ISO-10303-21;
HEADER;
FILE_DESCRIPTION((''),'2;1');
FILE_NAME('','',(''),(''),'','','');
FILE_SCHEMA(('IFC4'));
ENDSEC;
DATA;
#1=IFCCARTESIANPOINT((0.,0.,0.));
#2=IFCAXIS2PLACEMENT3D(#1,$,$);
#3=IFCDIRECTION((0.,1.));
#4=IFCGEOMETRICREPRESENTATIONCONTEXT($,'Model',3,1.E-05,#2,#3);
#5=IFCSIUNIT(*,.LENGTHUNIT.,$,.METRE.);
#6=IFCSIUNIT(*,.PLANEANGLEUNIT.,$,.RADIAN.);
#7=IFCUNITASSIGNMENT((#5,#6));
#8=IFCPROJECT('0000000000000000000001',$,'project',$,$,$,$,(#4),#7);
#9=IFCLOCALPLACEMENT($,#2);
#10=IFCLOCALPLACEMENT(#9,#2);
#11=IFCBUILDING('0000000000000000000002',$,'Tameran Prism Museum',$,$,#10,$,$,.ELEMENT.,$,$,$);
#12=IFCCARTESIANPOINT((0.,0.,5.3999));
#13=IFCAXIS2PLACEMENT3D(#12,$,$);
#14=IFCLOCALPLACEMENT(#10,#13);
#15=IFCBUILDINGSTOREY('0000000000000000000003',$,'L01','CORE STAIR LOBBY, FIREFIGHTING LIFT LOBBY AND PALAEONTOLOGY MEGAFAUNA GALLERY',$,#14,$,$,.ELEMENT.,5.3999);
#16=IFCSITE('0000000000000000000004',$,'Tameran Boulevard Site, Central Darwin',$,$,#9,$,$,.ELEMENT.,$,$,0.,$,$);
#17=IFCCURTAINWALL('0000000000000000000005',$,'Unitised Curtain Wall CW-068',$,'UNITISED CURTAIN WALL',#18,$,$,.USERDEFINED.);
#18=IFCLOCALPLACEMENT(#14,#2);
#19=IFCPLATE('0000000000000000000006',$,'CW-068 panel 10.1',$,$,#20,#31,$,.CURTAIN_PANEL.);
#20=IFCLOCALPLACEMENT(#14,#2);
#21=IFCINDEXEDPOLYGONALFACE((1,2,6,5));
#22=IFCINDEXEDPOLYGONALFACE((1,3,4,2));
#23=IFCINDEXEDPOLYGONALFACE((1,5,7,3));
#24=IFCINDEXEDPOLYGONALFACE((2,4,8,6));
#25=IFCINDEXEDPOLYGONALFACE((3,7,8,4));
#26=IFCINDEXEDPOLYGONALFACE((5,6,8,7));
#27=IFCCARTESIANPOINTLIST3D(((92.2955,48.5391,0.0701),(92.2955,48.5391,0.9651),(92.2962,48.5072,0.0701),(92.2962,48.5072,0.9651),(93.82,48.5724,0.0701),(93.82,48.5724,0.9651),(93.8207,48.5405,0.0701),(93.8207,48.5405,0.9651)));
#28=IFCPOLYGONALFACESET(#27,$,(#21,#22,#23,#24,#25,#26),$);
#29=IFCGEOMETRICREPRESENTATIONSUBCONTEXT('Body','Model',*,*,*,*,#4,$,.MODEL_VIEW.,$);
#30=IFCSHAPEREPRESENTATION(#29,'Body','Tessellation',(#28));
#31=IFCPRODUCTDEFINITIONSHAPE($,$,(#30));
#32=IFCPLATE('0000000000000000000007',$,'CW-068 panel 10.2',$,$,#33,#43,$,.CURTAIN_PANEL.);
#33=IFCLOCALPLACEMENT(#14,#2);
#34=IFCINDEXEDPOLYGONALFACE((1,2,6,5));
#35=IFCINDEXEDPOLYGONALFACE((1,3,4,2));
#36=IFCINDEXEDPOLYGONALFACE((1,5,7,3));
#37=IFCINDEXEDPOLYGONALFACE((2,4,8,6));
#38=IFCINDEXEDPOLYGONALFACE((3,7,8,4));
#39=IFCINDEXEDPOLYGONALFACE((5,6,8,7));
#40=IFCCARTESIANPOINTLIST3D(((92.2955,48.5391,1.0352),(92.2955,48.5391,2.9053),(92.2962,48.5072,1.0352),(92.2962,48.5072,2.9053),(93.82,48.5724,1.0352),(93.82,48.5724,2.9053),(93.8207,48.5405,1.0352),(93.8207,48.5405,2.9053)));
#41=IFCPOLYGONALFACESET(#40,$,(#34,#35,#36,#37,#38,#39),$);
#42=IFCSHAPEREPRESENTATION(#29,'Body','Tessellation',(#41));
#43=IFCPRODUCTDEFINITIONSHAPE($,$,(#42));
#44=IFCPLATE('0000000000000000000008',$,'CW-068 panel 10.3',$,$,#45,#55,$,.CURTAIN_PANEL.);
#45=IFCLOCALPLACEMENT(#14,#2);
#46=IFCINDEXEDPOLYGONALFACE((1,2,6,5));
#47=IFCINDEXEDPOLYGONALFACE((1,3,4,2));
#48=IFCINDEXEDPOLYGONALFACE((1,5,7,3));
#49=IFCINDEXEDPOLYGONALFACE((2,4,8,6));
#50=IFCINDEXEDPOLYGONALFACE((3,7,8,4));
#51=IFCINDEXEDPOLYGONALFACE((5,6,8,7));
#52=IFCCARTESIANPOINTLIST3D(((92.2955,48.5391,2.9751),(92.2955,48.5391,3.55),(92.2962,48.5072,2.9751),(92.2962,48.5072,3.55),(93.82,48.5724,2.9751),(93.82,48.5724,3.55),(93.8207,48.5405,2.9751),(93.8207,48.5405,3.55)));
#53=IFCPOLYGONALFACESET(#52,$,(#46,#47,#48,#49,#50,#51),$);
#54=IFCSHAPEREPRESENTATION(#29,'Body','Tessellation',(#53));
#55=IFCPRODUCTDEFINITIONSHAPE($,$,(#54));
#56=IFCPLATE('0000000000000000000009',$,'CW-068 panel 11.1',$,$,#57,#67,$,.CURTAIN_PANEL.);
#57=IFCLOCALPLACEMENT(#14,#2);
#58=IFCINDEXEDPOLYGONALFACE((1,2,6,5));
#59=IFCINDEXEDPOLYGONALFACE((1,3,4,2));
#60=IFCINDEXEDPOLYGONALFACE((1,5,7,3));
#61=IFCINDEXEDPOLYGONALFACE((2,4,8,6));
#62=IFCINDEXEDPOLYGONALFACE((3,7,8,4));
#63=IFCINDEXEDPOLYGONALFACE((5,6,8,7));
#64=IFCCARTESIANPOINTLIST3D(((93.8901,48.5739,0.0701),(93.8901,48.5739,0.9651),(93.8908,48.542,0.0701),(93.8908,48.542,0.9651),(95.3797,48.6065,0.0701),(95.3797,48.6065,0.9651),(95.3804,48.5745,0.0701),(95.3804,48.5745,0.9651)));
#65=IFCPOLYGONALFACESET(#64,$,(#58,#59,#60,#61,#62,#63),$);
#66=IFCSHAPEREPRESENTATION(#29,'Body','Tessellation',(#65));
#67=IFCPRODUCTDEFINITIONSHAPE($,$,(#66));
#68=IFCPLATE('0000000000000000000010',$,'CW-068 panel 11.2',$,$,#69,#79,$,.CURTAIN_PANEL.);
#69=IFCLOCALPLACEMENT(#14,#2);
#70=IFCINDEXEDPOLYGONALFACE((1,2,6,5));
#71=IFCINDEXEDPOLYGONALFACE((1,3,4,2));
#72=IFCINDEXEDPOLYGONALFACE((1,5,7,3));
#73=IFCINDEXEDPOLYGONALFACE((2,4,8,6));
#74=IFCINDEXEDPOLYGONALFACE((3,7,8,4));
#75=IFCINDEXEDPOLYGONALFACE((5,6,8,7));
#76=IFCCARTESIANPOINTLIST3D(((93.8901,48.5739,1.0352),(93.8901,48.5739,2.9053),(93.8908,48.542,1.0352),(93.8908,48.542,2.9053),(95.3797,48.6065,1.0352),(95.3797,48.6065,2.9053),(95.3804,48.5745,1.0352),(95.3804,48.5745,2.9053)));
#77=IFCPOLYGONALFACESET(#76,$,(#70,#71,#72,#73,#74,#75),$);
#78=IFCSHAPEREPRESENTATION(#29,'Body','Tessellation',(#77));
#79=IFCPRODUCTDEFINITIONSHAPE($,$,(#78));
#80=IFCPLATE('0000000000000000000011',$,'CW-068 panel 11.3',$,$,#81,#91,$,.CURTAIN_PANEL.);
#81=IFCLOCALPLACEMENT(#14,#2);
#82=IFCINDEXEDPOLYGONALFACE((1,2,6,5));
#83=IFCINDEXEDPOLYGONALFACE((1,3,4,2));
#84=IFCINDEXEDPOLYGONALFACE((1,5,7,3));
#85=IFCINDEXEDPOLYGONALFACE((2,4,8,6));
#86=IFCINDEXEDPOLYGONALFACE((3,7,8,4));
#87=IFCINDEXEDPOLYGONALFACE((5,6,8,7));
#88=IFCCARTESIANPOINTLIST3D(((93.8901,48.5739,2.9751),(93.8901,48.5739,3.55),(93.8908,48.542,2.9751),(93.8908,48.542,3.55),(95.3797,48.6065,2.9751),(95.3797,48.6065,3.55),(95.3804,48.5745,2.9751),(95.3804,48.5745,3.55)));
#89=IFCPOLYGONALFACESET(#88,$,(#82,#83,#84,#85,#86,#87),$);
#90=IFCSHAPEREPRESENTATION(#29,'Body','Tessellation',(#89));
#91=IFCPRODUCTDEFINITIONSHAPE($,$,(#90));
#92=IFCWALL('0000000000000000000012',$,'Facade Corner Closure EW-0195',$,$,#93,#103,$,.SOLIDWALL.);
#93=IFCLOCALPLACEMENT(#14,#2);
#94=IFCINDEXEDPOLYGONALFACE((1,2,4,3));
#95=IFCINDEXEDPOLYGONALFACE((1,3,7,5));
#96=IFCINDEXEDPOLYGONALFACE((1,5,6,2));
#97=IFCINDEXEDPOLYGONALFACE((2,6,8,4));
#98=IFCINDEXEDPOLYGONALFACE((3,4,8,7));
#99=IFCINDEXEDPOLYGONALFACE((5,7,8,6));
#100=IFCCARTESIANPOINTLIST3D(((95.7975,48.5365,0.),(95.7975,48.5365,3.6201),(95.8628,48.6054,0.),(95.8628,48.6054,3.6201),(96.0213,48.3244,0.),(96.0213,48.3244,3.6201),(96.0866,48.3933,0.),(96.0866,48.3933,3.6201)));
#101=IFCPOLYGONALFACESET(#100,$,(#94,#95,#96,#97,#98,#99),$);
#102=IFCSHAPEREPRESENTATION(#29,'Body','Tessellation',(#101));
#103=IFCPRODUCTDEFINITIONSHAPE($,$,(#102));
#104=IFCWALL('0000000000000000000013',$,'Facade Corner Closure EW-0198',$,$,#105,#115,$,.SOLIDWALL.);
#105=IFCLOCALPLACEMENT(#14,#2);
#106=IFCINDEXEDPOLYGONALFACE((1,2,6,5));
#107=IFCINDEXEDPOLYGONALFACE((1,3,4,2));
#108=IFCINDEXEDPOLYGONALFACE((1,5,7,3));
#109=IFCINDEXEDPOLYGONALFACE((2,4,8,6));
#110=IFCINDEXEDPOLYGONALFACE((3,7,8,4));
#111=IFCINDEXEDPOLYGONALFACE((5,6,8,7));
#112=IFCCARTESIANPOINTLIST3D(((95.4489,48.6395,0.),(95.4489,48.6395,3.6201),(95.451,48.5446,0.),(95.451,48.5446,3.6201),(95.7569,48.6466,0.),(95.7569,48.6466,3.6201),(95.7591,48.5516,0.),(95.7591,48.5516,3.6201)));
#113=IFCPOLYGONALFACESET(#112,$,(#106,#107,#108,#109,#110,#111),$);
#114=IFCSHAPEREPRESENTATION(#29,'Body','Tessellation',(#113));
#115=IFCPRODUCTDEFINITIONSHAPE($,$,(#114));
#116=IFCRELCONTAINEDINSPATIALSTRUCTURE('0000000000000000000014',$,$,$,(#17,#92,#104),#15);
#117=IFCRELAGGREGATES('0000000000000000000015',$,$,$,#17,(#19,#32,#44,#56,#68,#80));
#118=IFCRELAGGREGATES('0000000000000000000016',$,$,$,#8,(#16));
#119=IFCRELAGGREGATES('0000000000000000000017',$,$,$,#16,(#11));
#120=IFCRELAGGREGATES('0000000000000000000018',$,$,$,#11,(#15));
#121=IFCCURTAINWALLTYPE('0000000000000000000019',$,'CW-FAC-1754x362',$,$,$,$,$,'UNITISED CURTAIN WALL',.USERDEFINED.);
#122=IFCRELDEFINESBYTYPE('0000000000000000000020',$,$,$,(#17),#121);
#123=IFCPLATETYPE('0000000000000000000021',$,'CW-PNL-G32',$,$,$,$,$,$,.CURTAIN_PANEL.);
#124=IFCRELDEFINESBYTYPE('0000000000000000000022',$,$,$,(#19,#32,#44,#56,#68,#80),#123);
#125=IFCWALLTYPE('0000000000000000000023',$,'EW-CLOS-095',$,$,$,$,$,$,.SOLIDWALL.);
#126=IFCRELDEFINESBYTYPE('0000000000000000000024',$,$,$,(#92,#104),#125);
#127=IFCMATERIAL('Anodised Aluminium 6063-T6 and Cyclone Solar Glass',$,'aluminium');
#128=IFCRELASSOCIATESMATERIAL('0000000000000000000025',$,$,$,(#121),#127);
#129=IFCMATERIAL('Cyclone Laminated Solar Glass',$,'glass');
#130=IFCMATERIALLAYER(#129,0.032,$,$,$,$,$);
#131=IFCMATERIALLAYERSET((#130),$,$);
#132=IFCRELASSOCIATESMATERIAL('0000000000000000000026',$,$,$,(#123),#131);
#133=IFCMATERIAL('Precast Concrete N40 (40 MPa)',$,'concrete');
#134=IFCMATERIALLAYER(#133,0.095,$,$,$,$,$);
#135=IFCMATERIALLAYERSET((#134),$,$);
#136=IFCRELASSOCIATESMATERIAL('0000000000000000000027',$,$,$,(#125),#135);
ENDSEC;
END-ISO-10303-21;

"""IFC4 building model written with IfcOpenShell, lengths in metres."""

from ifc_helpers import new_model, si_unit, direction, frame, frame_2d, origin, origin_2d, place, context, subcontext, project, spatial, rectangle, extrude, material, layer, layer_set, type_object, element, aggregate, save


model = new_model("IFC4")

# Units and contexts
model_context = context("Model", 3, precision=1e-05, world=origin(), true_north=direction((0.0, 1.0)))
body_context = subcontext(model_context, "Body", "Model", "MODEL_VIEW")
ifc_project = project(units=[si_unit("LENGTHUNIT", "METRE"), si_unit("PLANEANGLEUNIT", "RADIAN")], contexts=[model_context])

# Site, building, storey
site_placement = place(None, origin())
site = spatial("IfcSite", under=ifc_project, at=site_placement, Name="Tameran Boulevard Site, Central Darwin", CompositionType="ELEMENT", RefElevation=0.0)
building_placement = place(site_placement, origin())
building = spatial("IfcBuilding", under=site, at=building_placement, Name="Tameran Prism Museum", CompositionType="ELEMENT")
storey_placement = place(building_placement, frame((0.0, 0.0, 5.3999)))
storey = spatial("IfcBuildingStorey", under=building, at=storey_placement, Name="L01", Description="CORE STAIR LOBBY, FIREFIGHTING LIFT LOBBY AND PALAEONTOLOGY MEGAFAUNA GALLERY", CompositionType="ELEMENT", Elevation=5.3999)

# Curtain wall, plates
ifc_material_1 = material(Name="Anodised Aluminium 6063-T6 and Cyclone Solar Glass", Category="aluminium")
curtain_wall_type = type_object("IfcCurtainWallType", Name="CW-FAC-1754x362", ElementType="UNITISED CURTAIN WALL", PredefinedType="USERDEFINED", material=ifc_material_1)
curtain_wall_placement = place(storey_placement, origin())
curtain_wall = element("IfcCurtainWall", 1, at=curtain_wall_placement, inside=storey, type_object=curtain_wall_type, Name="Unitised Curtain Wall CW-068", ObjectType="UNITISED CURTAIN WALL", PredefinedType="USERDEFINED")
ifc_material_2 = material(Name="Cyclone Laminated Solar Glass", Category="glass")
ifc_layer_1 = layer(ifc_material_2, 0.032)
ifc_layer_set_1 = layer_set([ifc_layer_1])
plate_type = type_object("IfcPlateType", Name="CW-PNL-G32", PredefinedType="CURTAIN_PANEL", material=ifc_layer_set_1)
plate_1_placement = place(storey_placement, frame((93.0581, 48.5398, 0.0701), z_axis=(0.0, 0.0, 1.0), x_axis=(0.999762, 0.021831, 0.0)))
plate_1 = element("IfcPlate", 2, at=plate_1_placement, type_object=plate_type, Name="CW-068 panel 10.1", PredefinedType="CURTAIN_PANEL", context=body_context, shape_type="SweptSolid", body=[
    extrude(rectangle(XDim=1.5249, YDim=0.032, at=origin_2d()), origin(), (0.0, 0.0, 1.0), 0.895),
])
plate_2_placement = place(storey_placement, frame((93.0581, 48.5398, 1.0352), z_axis=(0.0, 0.0, 1.0), x_axis=(0.999762, 0.021831, 0.0)))
plate_2 = element("IfcPlate", 3, at=plate_2_placement, type_object=plate_type, Name="CW-068 panel 10.2", PredefinedType="CURTAIN_PANEL", context=body_context, shape_type="SweptSolid", body=[
    extrude(rectangle(XDim=1.5249, YDim=0.032, at=origin_2d()), origin(), (0.0, 0.0, 1.0), 1.8701),
])
plate_3_placement = place(storey_placement, frame((93.0581, 48.5398, 2.9751), z_axis=(0.0, 0.0, 1.0), x_axis=(0.999762, 0.021831, 0.0)))
plate_3 = element("IfcPlate", 4, at=plate_3_placement, type_object=plate_type, Name="CW-068 panel 10.3", PredefinedType="CURTAIN_PANEL", context=body_context, shape_type="SweptSolid", body=[
    extrude(rectangle(XDim=1.5249, YDim=0.032, at=origin_2d()), origin(), (0.0, 0.0, 1.0), 0.575),
])
plate_4_placement = place(storey_placement, frame((94.6353, 48.5742, 0.0701), z_axis=(0.0, 0.0, 1.0), x_axis=(0.999762, 0.021831, 0.0)))
plate_4 = element("IfcPlate", 5, at=plate_4_placement, type_object=plate_type, Name="CW-068 panel 11.1", PredefinedType="CURTAIN_PANEL", context=body_context, shape_type="SweptSolid", body=[
    extrude(rectangle(XDim=1.49, YDim=0.032, at=origin_2d()), origin(), (0.0, 0.0, 1.0), 0.895),
])
plate_5_placement = place(storey_placement, frame((94.6353, 48.5742, 1.0352), z_axis=(0.0, 0.0, 1.0), x_axis=(0.999762, 0.021831, 0.0)))
plate_5 = element("IfcPlate", 6, at=plate_5_placement, type_object=plate_type, Name="CW-068 panel 11.2", PredefinedType="CURTAIN_PANEL", context=body_context, shape_type="SweptSolid", body=[
    extrude(rectangle(XDim=1.49, YDim=0.032, at=origin_2d()), origin(), (0.0, 0.0, 1.0), 1.8701),
])
plate_6_placement = place(storey_placement, frame((94.6353, 48.5742, 2.9751), z_axis=(0.0, 0.0, 1.0), x_axis=(0.999762, 0.021831, 0.0)))
plate_6 = element("IfcPlate", 7, at=plate_6_placement, type_object=plate_type, Name="CW-068 panel 11.3", PredefinedType="CURTAIN_PANEL", context=body_context, shape_type="SweptSolid", body=[
    extrude(rectangle(XDim=1.49, YDim=0.032, at=origin_2d()), origin(), (0.0, 0.0, 1.0), 0.575),
])
aggregate(curtain_wall, [plate_1, plate_2, plate_3, plate_4, plate_5, plate_6])

# Walls
ifc_material_3 = material(Name="Precast Concrete N40 (40 MPa)", Category="concrete")
ifc_layer_2 = layer(ifc_material_3, 0.095)
ifc_layer_set_2 = layer_set([ifc_layer_2])
wall_type = type_object("IfcWallType", Name="EW-CLOS-095", PredefinedType="SOLIDWALL", material=ifc_layer_set_2)
wall_1_placement = place(storey_placement, frame((95.8301, 48.571, 0.0), z_axis=(0.0, 0.0, 1.0), x_axis=(0.725849, -0.687854, 0.0)))
element("IfcWall", 8, at=wall_1_placement, inside=storey, type_object=wall_type, Name="Facade Corner Closure EW-0195", PredefinedType="SOLIDWALL", context=body_context, shape_type="SweptSolid", body=[
    extrude(rectangle(XDim=0.3083, YDim=0.095, at=frame_2d((0.1543, 0.0))), origin(), (0.0, 0.0, 1.0), 3.6201),
])
wall_2_placement = place(storey_placement, frame((95.45, 48.592, 0.0), z_axis=(0.0, 0.0, 1.0), x_axis=(0.999736, 0.022973, 0.0)))
element("IfcWall", 9, at=wall_2_placement, inside=storey, type_object=wall_type, Name="Facade Corner Closure EW-0198", PredefinedType="SOLIDWALL", context=body_context, shape_type="SweptSolid", body=[
    extrude(rectangle(XDim=0.3081, YDim=0.095, at=frame_2d((0.1541, 0.0))), origin(), (0.0, 0.0, 1.0), 3.6201),
])

save(model, "model.ifc")
